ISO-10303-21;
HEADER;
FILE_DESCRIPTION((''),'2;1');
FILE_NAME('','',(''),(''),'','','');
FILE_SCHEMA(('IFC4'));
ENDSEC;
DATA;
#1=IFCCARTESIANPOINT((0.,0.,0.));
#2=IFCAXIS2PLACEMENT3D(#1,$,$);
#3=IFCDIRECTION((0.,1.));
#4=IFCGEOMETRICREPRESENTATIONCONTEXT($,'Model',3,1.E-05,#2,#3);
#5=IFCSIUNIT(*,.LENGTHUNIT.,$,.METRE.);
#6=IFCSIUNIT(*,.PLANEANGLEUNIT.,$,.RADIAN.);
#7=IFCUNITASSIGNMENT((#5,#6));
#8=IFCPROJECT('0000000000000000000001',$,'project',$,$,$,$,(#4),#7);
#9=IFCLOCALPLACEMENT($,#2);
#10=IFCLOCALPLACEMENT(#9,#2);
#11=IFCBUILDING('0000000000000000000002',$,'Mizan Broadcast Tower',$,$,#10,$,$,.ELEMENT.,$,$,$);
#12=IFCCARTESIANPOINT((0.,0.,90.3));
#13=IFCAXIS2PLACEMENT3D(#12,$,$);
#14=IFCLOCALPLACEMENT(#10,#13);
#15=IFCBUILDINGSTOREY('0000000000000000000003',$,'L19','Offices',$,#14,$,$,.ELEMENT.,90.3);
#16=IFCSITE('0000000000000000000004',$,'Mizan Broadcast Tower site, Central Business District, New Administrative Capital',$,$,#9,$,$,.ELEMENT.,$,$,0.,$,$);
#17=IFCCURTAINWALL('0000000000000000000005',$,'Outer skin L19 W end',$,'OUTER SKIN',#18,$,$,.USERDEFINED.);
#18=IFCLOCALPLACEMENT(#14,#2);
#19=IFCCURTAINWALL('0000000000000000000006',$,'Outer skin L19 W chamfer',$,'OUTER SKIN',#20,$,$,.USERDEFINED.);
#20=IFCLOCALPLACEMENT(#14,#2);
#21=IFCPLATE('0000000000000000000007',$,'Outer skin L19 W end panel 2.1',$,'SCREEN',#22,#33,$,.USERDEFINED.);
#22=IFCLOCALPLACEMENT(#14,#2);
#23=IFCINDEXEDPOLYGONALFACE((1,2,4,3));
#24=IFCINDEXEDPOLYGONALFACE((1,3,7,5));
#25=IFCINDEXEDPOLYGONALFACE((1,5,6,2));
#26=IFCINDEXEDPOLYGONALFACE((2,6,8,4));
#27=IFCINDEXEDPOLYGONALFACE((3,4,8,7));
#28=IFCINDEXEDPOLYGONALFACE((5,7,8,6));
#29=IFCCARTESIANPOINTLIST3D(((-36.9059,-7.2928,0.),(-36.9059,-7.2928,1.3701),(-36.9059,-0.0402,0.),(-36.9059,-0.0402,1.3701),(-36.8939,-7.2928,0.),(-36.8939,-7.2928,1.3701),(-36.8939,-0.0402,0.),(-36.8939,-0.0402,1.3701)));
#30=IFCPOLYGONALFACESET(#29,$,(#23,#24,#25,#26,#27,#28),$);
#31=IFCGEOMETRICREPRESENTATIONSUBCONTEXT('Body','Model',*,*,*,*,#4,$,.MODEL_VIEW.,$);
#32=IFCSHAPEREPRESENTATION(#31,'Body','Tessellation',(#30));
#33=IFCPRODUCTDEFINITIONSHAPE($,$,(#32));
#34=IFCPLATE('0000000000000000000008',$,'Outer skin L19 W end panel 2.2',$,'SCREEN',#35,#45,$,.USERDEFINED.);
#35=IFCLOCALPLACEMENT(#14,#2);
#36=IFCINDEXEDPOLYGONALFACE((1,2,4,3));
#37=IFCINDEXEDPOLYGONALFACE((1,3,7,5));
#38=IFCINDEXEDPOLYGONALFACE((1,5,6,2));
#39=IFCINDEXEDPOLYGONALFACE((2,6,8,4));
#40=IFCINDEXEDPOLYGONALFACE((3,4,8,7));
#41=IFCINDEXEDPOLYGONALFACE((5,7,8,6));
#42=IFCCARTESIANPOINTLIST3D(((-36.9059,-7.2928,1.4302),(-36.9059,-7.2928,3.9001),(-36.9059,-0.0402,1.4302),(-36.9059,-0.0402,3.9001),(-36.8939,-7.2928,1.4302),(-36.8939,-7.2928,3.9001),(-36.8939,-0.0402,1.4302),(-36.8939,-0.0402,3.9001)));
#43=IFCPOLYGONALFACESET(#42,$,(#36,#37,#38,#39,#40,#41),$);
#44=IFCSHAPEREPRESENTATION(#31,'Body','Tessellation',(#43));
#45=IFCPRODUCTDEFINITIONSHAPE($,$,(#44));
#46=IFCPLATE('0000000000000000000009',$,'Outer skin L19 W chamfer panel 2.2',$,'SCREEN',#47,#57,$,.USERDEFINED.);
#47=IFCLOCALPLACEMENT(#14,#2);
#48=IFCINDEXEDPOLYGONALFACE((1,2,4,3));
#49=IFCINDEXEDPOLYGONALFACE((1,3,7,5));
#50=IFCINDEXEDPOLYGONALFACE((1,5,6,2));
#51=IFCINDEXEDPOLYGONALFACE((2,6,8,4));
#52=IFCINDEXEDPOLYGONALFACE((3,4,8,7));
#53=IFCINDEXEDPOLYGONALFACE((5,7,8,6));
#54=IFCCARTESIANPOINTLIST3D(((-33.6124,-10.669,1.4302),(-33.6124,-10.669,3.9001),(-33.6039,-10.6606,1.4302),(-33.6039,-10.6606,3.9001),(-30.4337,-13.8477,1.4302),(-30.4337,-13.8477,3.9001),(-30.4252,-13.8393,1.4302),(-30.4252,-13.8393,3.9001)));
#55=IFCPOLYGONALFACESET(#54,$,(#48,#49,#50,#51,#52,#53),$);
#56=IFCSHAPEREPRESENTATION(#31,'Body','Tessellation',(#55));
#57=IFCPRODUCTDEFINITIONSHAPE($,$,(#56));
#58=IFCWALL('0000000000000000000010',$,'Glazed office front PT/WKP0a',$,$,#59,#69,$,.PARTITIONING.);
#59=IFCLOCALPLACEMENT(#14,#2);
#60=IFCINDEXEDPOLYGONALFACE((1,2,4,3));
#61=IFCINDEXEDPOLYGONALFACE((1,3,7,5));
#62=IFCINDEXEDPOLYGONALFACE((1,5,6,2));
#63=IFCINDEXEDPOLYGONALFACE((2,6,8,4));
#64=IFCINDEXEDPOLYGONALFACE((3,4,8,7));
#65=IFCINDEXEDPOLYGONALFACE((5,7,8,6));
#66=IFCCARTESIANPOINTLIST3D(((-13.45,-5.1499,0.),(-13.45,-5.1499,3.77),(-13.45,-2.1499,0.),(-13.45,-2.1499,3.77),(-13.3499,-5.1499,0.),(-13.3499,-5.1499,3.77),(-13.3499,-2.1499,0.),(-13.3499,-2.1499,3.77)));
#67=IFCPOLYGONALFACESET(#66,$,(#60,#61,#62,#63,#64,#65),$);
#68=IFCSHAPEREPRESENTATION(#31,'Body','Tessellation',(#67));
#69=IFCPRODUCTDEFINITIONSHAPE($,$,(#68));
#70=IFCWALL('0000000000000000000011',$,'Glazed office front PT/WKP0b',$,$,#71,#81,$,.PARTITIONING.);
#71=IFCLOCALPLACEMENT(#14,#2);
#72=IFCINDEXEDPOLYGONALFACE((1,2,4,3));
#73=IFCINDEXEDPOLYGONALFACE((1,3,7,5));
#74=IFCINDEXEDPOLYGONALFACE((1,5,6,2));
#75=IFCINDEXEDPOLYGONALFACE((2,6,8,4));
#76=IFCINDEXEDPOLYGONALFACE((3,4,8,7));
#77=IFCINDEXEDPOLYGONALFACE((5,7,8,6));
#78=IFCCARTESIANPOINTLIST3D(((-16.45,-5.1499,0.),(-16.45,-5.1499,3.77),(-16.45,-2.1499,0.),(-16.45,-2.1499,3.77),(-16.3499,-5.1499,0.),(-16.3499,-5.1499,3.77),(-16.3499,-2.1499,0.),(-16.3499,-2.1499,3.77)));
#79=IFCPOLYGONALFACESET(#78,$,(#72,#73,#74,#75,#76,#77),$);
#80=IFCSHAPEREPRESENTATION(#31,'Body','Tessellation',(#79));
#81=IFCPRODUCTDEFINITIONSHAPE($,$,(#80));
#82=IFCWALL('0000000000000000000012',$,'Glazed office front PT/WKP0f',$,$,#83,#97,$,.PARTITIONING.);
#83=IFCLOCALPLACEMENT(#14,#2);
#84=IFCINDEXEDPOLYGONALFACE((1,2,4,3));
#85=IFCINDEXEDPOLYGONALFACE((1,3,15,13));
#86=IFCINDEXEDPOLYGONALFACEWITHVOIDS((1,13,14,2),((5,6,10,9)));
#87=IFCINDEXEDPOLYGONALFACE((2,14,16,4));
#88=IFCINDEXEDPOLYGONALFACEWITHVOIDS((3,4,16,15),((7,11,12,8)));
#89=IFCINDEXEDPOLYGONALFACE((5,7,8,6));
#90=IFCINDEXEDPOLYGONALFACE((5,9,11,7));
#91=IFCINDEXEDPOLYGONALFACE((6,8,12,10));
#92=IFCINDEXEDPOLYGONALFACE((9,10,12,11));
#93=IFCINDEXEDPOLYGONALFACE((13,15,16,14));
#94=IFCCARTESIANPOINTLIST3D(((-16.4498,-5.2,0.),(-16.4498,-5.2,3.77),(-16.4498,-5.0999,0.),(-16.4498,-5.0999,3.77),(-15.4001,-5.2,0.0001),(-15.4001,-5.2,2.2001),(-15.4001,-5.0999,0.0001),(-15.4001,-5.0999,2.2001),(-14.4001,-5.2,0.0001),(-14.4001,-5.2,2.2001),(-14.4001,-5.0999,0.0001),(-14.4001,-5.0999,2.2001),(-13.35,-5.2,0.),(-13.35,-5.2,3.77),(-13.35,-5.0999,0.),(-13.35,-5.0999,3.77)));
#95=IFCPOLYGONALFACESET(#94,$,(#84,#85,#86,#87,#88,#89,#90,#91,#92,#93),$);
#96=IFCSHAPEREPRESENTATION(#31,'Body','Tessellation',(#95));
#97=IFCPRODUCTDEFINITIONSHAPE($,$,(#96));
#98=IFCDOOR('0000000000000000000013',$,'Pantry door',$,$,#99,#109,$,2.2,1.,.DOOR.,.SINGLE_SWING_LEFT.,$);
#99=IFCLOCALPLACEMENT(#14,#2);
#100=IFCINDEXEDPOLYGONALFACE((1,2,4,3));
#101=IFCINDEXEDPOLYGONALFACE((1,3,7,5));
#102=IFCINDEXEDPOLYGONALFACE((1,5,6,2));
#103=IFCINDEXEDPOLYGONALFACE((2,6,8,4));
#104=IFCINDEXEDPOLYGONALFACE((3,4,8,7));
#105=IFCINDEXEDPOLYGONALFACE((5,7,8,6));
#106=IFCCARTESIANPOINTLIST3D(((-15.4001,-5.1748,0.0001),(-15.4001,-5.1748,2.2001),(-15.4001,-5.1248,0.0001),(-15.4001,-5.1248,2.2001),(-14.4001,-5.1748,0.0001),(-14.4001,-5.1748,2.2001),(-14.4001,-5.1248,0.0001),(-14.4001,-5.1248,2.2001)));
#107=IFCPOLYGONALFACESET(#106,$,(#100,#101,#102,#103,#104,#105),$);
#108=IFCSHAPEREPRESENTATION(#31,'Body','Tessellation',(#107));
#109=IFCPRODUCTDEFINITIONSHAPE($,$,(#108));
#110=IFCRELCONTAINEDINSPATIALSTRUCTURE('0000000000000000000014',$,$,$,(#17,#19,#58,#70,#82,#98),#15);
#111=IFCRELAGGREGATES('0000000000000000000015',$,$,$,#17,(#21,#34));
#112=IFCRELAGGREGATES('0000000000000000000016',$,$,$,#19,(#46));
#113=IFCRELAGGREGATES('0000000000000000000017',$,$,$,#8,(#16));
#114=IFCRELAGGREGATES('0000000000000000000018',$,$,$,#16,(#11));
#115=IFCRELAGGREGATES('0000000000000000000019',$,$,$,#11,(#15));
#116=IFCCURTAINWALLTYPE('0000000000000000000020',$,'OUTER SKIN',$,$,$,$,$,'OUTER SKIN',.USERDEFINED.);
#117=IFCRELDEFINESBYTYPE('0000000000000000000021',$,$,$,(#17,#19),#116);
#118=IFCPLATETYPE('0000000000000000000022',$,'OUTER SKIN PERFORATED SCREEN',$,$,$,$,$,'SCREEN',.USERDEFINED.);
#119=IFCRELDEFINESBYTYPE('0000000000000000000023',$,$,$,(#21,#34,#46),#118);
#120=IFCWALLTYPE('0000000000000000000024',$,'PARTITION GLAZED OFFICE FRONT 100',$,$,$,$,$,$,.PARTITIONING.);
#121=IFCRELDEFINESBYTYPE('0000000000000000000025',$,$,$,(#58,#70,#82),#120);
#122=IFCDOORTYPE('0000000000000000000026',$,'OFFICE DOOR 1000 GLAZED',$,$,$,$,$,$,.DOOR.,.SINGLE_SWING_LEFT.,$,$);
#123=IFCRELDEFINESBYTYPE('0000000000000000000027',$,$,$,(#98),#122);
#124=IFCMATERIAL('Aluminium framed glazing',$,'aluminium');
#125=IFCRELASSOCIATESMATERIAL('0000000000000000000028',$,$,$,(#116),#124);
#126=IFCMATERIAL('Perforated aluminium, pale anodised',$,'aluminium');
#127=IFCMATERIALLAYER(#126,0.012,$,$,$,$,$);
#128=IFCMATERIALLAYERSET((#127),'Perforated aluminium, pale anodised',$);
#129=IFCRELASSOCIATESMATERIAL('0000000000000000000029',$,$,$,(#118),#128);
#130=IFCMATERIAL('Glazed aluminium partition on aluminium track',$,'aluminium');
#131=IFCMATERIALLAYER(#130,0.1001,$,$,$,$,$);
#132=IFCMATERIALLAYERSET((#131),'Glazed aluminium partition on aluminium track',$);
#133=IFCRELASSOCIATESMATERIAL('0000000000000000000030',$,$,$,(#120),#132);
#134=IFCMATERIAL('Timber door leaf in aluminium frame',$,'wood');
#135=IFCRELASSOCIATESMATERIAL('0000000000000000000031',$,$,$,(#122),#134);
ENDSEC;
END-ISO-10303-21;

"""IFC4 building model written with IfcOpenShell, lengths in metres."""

from ifc_helpers import new_model, si_unit, direction, frame, frame_2d, origin, origin_2d, place, context, subcontext, project, spatial, rectangle, extrude, material, layer, layer_set, type_object, element, fill, aggregate, save


model = new_model("IFC4")

# Units and contexts
model_context = context("Model", 3, precision=1e-05, world=origin(), true_north=direction((0.0, 1.0)))
body_context = subcontext(model_context, "Body", "Model", "MODEL_VIEW")
ifc_project = project(units=[si_unit("LENGTHUNIT", "METRE"), si_unit("PLANEANGLEUNIT", "RADIAN")], contexts=[model_context])

# Site, building, storey
site_placement = place(None, origin())
site = spatial("IfcSite", under=ifc_project, at=site_placement, Name="Mizan Broadcast Tower site, Central Business District, New Administrative Capital", CompositionType="ELEMENT", RefElevation=0.0)
building_placement = place(site_placement, origin())
building = spatial("IfcBuilding", under=site, at=building_placement, Name="Mizan Broadcast Tower", CompositionType="ELEMENT")
storey_placement = place(building_placement, frame((0.0, 0.0, 90.3)))
storey = spatial("IfcBuildingStorey", under=building, at=storey_placement, Name="L19", Description="Offices", CompositionType="ELEMENT", Elevation=90.3)

# Curtain wall
ifc_material_1 = material(Name="Aluminium framed glazing", Category="aluminium")
curtain_wall_type_1 = type_object("IfcCurtainWallType", Name="OUTER SKIN", ElementType="OUTER SKIN", PredefinedType="USERDEFINED", material=ifc_material_1)
curtain_wall_1_placement = place(storey_placement, origin())
curtain_wall_1 = element("IfcCurtainWall", 1, at=curtain_wall_1_placement, inside=storey, type_object=curtain_wall_type_1, Name="Outer skin L19 W end", ObjectType="OUTER SKIN", PredefinedType="USERDEFINED")

# Curtain wall
curtain_wall_2_placement = place(storey_placement, origin())
curtain_wall_2 = element("IfcCurtainWall", 2, at=curtain_wall_2_placement, inside=storey, type_object=curtain_wall_type_1, Name="Outer skin L19 W chamfer", ObjectType="OUTER SKIN", PredefinedType="USERDEFINED")

# Plates
ifc_material_2 = material(Name="Perforated aluminium, pale anodised", Category="aluminium")
ifc_layer_1 = layer(ifc_material_2, 0.012)
ifc_layer_set_1 = layer_set([ifc_layer_1], Name="Perforated aluminium, pale anodised")
plate_type_1 = type_object("IfcPlateType", Name="OUTER SKIN PERFORATED SCREEN", ElementType="SCREEN", PredefinedType="USERDEFINED", material=ifc_layer_set_1)
plate_1_placement = place(storey_placement, frame((-36.8999, -3.6665, 0.0), z_axis=(0.0, 0.0, 1.0), x_axis=(0.0, -1.0, 0.0)))
plate_1 = element("IfcPlate", 3, at=plate_1_placement, type_object=plate_type_1, Name="Outer skin L19 W end panel 2.1", ObjectType="SCREEN", PredefinedType="USERDEFINED", context=body_context, shape_type="SweptSolid", body=[
    extrude(rectangle(XDim=7.2527, YDim=0.012, at=origin_2d()), origin(), (0.0, 0.0, 1.0), 1.3701),
])
plate_2_placement = place(storey_placement, frame((-36.8999, -3.6665, 1.4302), z_axis=(0.0, 0.0, 1.0), x_axis=(0.0, -1.0, 0.0)))
plate_2 = element("IfcPlate", 4, at=plate_2_placement, type_object=plate_type_1, Name="Outer skin L19 W end panel 2.2", ObjectType="SCREEN", PredefinedType="USERDEFINED", context=body_context, shape_type="SweptSolid", body=[
    extrude(rectangle(XDim=7.2527, YDim=0.012, at=origin_2d()), origin(), (0.0, 0.0, 1.0), 2.47),
])
aggregate(curtain_wall_1, [plate_1, plate_2])
plate_3_placement = place(storey_placement, frame((-32.0188, -12.2542, 1.4302), z_axis=(0.0, 0.0, 1.0), x_axis=(0.707107, -0.707107, 0.0)))
plate_3 = element("IfcPlate", 5, at=plate_3_placement, type_object=plate_type_1, Name="Outer skin L19 W chamfer panel 2.2", ObjectType="SCREEN", PredefinedType="USERDEFINED", context=body_context, shape_type="SweptSolid", body=[
    extrude(rectangle(XDim=4.4954, YDim=0.012, at=origin_2d()), origin(), (0.0, 0.0, 1.0), 2.47),
])
aggregate(curtain_wall_2, [plate_3])

# Walls
ifc_material_3 = material(Name="Glazed aluminium partition on aluminium track", Category="aluminium")
ifc_layer_2 = layer(ifc_material_3, 0.1001)
ifc_layer_set_2 = layer_set([ifc_layer_2], Name="Glazed aluminium partition on aluminium track")
wall_type = type_object("IfcWallType", Name="PARTITION GLAZED OFFICE FRONT 100", PredefinedType="PARTITIONING", material=ifc_layer_set_2)
for number, where, z_axis, x_axis, name in (
    (6, (-13.3999, -2.1499, 0.0), (0.0, 0.0, 1.0), (0.0, -1.0, 0.0), "Glazed office front PT/WKP0a"),
    (7, (-16.3999, -2.1499, 0.0), (0.0, 0.0, 1.0), (0.0, -1.0, 0.0), "Glazed office front PT/WKP0b"),
):
    element("IfcWall", number, at=place(storey_placement, frame(where, z_axis=z_axis, x_axis=x_axis)), inside=storey, type_object=wall_type, Name=name, PredefinedType="PARTITIONING", context=body_context, shape_type="SweptSolid", body=[
        extrude(rectangle(XDim=3.0, YDim=0.1001, at=frame_2d((1.5, 0.0))), origin(), (0.0, 0.0, 1.0), 3.77),
    ])

# Wall, opening, door
wall_placement = place(storey_placement, frame((-13.3501, -5.1499, 0.0), z_axis=(0.0, 0.0, 1.0), x_axis=(-1.0, 0.0, 0.0)))
wall = element("IfcWall", 8, at=wall_placement, inside=storey, type_object=wall_type, Name="Glazed office front PT/WKP0f", PredefinedType="PARTITIONING", context=body_context, shape_type="SweptSolid", body=[
    extrude(rectangle(XDim=3.0999, YDim=0.1001, at=frame_2d((1.5498, 0.0))), origin(), (0.0, 0.0, 1.0), 3.77),
])
opening_placement = place(wall_placement, frame((1.05, 0.0, 0.0)))
opening = element("IfcOpeningElement", 9, at=opening_placement, cuts=wall, PredefinedType="OPENING", context=body_context, shape_type="SweptSolid", body=[
    extrude(rectangle(XDim=1.0, YDim=2.2, at=frame_2d((0.5, 1.1001))), frame((0.0, 0.0601, 0.0), z_axis=(0.0, -1.0, 0.0), x_axis=(1.0, 0.0, 0.0)), (0.0, 0.0, 1.0), 0.1201),
])
ifc_material_4 = material(Name="Timber door leaf in aluminium frame", Category="wood")
door_type = type_object("IfcDoorType", Name="OFFICE DOOR 1000 GLAZED", OperationType="SINGLE_SWING_LEFT", PredefinedType="DOOR", material=ifc_material_4)
door_placement = place(opening_placement, origin())
door = element("IfcDoor", 10, at=door_placement, inside=storey, type_object=door_type, Name="Pantry door", OperationType="SINGLE_SWING_LEFT", OverallHeight=2.2, OverallWidth=1.0, PredefinedType="DOOR", context=body_context, shape_type="SweptSolid", body=[
    extrude(rectangle(XDim=1.0, YDim=2.2, at=frame_2d((0.5, 1.1001))), frame((0.0, 0.0249, 0.0), z_axis=(0.0, -1.0, 0.0), x_axis=(1.0, 0.0, 0.0)), (0.0, 0.0, 1.0), 0.05),
])
fill(opening, door)

save(model, "model.ifc")
